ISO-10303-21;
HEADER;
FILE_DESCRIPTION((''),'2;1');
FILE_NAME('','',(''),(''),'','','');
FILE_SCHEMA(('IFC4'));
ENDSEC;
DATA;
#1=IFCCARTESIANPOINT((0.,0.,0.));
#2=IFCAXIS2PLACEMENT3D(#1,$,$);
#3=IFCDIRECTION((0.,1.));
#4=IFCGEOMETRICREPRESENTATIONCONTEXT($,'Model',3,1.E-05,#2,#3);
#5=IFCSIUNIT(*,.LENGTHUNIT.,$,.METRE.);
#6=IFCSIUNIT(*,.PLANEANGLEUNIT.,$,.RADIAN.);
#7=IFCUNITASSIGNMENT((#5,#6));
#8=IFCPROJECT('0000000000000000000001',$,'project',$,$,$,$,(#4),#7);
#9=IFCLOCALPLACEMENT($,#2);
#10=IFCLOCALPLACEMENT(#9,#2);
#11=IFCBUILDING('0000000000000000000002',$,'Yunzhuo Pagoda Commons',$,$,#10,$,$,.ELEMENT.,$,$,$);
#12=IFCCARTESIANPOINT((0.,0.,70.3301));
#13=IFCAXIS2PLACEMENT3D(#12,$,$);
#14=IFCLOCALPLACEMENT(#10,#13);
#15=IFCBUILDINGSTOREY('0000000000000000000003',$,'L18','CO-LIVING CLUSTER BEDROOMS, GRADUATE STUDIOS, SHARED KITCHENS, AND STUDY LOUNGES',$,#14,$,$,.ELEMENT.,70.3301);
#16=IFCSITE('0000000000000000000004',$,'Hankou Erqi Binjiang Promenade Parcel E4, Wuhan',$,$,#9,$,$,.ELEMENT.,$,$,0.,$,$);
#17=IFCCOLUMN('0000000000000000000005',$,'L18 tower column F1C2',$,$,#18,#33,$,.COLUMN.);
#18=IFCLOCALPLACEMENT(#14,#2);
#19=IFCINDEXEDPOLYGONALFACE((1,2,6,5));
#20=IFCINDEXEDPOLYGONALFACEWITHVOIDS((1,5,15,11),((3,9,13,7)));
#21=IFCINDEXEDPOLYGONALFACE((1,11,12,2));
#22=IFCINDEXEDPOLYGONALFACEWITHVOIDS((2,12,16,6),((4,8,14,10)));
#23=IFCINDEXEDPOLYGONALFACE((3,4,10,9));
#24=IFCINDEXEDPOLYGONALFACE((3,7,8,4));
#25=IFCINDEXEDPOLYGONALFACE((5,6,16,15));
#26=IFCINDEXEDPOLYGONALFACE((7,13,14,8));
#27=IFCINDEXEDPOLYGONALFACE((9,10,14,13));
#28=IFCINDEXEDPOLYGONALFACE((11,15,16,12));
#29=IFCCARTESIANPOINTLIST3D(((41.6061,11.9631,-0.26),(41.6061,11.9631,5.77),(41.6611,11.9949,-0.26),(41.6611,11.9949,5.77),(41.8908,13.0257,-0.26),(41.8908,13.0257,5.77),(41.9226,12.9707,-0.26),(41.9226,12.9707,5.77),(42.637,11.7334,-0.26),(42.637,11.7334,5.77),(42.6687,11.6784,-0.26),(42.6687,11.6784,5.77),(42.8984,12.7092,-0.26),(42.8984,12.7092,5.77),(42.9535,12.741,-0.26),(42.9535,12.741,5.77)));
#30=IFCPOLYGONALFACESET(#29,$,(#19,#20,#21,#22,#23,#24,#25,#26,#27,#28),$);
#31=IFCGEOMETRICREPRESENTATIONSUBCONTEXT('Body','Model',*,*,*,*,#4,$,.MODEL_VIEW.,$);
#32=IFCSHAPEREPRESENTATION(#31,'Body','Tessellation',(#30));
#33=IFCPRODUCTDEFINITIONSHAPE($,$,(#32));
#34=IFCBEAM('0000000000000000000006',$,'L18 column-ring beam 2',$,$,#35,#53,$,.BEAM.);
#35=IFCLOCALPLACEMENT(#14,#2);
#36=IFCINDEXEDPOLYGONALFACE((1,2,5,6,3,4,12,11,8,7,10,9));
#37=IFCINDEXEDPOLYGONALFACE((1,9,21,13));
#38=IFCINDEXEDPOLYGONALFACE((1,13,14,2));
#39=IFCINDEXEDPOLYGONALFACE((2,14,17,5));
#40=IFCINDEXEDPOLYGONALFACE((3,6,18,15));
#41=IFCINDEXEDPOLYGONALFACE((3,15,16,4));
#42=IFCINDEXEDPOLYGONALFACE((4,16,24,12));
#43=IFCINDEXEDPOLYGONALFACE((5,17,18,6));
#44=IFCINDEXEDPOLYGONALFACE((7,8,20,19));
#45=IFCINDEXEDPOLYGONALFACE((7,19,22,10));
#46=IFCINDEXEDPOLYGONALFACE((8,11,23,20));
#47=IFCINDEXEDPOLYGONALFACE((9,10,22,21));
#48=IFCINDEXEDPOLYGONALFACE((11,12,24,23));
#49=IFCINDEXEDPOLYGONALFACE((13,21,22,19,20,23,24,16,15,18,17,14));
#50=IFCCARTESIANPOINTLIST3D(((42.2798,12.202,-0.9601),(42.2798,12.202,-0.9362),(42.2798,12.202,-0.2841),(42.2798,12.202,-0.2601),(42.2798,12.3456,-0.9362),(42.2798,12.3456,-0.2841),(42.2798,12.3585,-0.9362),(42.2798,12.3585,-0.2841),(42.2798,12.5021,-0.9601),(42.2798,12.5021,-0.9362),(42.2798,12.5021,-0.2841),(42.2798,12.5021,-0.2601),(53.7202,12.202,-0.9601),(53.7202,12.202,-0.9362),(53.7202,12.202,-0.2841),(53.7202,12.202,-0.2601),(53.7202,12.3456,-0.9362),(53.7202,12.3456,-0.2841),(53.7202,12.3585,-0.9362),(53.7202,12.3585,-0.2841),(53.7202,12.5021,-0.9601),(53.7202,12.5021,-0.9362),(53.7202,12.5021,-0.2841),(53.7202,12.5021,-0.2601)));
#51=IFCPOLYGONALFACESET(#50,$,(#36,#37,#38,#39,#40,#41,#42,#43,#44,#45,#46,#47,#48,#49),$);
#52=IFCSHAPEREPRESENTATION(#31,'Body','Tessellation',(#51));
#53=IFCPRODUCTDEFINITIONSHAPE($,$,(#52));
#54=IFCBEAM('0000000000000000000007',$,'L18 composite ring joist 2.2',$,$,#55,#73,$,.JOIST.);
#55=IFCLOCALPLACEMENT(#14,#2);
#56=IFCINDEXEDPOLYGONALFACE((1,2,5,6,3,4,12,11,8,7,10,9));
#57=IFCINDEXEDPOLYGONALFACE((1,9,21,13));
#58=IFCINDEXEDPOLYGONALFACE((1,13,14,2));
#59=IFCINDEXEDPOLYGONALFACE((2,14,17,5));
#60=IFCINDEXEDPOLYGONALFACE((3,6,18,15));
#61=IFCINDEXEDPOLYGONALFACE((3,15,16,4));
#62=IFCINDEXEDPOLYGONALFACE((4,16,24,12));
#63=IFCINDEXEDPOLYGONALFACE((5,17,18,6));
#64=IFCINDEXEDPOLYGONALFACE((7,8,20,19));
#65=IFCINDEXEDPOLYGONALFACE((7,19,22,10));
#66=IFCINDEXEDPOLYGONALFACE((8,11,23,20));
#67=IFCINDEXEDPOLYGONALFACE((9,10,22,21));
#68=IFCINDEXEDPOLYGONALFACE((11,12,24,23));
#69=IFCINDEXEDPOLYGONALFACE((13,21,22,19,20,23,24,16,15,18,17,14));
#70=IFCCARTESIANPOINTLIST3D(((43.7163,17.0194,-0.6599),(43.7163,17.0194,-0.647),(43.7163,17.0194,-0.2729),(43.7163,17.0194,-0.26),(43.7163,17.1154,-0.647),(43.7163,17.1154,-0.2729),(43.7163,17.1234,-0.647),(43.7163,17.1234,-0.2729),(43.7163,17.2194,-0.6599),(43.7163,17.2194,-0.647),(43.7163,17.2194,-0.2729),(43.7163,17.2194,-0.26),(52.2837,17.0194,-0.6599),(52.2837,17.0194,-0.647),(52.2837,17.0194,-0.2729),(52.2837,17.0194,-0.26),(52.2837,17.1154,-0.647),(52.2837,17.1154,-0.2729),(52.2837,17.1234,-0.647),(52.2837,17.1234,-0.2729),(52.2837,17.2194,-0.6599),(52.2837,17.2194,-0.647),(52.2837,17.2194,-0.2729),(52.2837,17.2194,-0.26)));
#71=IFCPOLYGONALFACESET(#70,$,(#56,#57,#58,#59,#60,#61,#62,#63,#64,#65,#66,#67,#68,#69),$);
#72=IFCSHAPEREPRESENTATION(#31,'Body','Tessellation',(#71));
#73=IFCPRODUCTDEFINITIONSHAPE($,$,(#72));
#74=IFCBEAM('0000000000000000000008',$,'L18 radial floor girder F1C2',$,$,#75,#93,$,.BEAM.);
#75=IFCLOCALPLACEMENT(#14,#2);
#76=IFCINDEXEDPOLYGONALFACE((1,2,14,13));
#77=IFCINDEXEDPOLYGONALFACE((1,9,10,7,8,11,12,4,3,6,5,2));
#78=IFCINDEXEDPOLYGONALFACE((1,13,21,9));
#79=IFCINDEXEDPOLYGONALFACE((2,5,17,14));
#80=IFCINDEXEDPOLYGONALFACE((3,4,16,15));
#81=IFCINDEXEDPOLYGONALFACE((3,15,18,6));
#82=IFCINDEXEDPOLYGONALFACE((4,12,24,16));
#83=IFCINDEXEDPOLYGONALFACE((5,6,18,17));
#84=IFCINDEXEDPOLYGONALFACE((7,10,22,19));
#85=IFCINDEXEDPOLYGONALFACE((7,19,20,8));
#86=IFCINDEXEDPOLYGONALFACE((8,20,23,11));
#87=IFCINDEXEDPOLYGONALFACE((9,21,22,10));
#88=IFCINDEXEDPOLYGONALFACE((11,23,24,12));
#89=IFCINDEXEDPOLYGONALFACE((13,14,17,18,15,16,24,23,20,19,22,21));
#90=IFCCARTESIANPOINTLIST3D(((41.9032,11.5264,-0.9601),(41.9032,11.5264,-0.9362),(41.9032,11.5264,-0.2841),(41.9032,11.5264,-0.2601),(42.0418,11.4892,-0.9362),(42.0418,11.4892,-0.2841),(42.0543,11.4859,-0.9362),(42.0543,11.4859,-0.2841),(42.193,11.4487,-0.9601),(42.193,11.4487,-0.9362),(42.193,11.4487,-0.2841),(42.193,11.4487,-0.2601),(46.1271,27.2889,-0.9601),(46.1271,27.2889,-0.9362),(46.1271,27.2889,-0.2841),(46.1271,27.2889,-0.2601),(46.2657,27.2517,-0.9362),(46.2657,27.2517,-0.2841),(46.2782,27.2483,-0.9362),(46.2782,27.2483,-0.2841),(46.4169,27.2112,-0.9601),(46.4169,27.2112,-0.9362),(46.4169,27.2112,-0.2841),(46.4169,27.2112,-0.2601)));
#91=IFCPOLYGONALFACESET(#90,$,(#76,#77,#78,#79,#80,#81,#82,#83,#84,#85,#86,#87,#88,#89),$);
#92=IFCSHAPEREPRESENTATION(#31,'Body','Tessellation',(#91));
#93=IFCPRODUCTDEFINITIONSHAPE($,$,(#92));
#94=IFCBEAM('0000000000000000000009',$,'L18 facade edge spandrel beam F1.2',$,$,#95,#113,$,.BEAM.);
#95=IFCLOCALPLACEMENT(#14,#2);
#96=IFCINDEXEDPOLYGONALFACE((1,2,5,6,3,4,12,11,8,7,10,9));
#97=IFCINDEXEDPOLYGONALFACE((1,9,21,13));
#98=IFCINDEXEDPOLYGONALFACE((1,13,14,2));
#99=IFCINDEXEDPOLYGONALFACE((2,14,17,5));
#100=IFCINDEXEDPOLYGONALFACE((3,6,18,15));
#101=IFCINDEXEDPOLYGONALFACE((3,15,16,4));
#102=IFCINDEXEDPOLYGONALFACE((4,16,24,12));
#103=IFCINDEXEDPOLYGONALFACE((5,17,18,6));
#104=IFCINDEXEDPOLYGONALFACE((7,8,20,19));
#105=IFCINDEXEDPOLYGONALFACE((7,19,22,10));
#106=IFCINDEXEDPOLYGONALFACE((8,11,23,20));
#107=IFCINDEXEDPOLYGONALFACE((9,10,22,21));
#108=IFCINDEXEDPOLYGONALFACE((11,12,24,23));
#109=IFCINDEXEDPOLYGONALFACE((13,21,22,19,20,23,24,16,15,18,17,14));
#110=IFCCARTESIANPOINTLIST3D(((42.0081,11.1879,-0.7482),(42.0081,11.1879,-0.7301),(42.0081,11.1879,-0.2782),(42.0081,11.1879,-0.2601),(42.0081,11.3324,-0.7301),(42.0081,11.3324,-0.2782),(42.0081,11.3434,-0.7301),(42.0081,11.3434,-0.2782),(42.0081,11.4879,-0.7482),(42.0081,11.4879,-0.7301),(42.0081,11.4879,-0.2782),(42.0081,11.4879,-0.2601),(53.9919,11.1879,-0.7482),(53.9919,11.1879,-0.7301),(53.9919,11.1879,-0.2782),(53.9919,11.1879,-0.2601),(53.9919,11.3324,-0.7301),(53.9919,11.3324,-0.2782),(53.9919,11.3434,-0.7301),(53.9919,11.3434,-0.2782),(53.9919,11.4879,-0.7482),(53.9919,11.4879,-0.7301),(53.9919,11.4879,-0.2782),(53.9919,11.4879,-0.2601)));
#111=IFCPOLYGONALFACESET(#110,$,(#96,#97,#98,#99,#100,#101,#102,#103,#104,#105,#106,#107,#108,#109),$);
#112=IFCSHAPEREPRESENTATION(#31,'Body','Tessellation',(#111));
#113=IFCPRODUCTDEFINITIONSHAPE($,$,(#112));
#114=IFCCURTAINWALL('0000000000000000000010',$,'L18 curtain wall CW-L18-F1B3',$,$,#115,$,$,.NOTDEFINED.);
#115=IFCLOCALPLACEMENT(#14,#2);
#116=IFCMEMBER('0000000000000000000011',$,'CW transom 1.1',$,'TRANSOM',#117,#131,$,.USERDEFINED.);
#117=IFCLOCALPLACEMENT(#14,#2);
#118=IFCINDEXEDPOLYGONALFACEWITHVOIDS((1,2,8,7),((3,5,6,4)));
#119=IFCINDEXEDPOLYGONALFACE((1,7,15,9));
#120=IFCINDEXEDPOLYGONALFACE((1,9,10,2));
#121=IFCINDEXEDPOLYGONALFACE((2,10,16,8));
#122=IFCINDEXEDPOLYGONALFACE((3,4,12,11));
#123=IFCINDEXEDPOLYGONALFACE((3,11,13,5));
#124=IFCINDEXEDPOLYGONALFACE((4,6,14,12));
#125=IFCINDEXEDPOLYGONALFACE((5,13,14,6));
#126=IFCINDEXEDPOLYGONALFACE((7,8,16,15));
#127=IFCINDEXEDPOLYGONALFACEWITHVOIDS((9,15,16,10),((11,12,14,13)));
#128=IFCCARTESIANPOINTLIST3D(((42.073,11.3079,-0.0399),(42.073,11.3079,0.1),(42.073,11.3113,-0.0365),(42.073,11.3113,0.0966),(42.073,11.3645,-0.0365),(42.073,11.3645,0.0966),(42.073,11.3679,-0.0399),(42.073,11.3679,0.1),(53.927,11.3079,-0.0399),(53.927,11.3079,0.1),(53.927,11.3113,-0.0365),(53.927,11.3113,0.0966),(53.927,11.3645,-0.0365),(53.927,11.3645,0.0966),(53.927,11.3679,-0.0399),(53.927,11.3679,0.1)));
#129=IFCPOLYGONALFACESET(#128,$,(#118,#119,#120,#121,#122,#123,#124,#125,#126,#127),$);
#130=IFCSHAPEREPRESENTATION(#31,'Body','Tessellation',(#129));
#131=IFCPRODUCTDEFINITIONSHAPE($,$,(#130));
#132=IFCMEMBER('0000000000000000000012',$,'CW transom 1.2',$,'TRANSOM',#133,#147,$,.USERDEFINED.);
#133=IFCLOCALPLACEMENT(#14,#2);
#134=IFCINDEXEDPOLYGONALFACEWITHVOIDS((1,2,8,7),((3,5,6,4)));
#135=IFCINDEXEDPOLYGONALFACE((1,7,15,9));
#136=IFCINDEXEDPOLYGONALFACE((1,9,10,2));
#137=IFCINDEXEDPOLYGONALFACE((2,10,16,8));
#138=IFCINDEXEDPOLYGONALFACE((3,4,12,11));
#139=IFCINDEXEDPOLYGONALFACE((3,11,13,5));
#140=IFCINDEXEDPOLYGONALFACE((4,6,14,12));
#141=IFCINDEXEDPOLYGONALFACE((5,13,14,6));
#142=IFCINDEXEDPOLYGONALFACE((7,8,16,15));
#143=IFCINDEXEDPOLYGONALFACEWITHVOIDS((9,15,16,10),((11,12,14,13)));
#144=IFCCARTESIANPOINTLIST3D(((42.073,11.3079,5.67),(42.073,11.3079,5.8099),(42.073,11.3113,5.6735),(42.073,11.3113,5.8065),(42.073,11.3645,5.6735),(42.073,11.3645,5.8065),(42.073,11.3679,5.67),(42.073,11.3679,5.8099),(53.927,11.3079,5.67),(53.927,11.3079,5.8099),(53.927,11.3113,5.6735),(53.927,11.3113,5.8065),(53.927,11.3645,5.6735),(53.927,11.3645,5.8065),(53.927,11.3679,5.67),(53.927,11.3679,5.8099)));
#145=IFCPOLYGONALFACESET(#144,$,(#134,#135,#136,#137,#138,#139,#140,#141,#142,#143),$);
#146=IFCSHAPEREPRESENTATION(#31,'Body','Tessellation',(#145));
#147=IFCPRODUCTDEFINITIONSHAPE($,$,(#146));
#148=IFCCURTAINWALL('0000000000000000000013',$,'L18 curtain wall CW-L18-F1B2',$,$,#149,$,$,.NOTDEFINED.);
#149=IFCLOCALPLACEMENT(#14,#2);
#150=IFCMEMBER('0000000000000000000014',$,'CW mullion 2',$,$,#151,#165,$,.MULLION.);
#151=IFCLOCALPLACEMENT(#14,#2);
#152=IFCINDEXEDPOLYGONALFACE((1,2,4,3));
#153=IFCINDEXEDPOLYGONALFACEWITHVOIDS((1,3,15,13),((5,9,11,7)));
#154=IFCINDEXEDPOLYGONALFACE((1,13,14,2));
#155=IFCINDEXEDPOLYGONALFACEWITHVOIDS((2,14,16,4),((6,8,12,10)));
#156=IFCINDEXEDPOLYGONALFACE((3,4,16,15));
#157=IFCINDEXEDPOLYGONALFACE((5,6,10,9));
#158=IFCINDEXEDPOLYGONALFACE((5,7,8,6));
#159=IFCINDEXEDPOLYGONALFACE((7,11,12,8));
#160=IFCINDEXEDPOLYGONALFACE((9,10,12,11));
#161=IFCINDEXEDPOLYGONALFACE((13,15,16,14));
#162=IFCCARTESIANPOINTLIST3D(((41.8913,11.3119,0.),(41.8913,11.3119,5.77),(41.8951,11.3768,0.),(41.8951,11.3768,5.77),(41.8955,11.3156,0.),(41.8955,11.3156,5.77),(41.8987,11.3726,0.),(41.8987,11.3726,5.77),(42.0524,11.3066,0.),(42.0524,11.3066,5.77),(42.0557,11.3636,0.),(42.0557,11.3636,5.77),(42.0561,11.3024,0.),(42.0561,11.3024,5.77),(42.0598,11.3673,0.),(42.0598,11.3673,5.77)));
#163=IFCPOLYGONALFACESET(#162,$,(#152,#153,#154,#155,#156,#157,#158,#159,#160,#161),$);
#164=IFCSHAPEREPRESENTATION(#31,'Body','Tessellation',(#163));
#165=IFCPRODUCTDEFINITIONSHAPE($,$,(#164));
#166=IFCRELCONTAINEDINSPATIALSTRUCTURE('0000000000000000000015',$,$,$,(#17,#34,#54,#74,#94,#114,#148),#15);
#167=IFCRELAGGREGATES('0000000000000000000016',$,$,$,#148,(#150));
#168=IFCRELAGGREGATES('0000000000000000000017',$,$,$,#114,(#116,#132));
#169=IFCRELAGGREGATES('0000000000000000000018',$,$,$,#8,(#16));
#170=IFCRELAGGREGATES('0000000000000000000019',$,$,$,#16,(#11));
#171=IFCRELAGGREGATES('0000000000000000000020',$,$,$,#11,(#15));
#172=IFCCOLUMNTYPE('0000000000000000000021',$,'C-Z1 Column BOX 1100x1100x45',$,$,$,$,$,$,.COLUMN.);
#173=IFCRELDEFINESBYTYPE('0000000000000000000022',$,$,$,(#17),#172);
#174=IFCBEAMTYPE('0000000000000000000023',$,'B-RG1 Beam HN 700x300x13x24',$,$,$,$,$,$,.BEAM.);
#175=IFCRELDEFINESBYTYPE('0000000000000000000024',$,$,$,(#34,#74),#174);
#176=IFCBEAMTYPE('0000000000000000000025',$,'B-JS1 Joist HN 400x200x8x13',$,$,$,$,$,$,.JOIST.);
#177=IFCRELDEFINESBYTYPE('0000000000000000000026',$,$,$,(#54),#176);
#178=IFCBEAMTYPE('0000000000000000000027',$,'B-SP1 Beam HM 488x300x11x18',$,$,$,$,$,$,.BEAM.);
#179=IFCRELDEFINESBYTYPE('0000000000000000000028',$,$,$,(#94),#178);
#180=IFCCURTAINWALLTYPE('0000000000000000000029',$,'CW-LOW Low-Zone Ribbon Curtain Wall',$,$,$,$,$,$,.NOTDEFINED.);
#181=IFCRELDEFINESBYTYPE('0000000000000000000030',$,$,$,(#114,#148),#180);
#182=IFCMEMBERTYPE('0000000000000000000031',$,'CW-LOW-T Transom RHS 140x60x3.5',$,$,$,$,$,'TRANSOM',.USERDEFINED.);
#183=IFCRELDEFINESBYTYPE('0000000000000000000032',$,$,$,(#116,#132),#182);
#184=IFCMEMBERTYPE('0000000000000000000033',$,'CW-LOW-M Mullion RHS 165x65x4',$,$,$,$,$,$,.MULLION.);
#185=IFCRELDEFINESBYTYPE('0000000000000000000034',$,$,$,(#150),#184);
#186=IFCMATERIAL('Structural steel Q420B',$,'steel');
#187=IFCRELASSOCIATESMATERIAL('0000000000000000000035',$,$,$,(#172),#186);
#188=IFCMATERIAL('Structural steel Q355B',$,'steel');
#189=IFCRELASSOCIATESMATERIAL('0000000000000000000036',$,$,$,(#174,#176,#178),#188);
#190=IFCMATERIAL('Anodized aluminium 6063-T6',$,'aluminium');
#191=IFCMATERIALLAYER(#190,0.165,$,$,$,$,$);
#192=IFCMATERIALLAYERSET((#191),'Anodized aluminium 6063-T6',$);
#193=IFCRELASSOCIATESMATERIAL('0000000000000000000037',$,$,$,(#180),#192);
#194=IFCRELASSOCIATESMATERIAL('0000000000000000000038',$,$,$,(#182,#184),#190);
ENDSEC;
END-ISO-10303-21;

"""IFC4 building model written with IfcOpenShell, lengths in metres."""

from ifc_helpers import new_model, si_unit, direction, frame, origin, origin_2d, place, context, subcontext, project, spatial, hollow_rectangle, i_section, extrude, source, transform, mapped, material, layer, layer_set, material_profile, profile_set, type_object, element, aggregate, save


model = new_model("IFC4")

# Units and contexts
model_context = context("Model", 3, precision=1e-05, world=origin(), true_north=direction((0.0, 1.0)))
body_context = subcontext(model_context, "Body", "Model", "MODEL_VIEW")
ifc_project = project(units=[si_unit("LENGTHUNIT", "METRE"), si_unit("PLANEANGLEUNIT", "RADIAN")], contexts=[model_context])

# Site, building, storey
site_placement = place(None, origin())
site = spatial("IfcSite", under=ifc_project, at=site_placement, Name="Hankou Erqi Binjiang Promenade Parcel E4, Wuhan", CompositionType="ELEMENT", RefElevation=0.0)
building_placement = place(site_placement, origin())
building = spatial("IfcBuilding", under=site, at=building_placement, Name="Yunzhuo Pagoda Commons", CompositionType="ELEMENT")
storey_placement = place(building_placement, frame((0.0, 0.0, 70.3301)))
storey = spatial("IfcBuildingStorey", under=building, at=storey_placement, Name="L18", Description="CO-LIVING CLUSTER BEDROOMS, GRADUATE STUDIOS, SHARED KITCHENS, AND STUDY LOUNGES", CompositionType="ELEMENT", Elevation=70.3301)

# Column
ifc_material_1 = material(Name="Structural steel Q420B", Category="steel")
ifc_material_profile_1 = material_profile(ifc_material_1, hollow_rectangle(XDim=1.1001, YDim=1.1001, WallThickness=0.0449, at=origin_2d()), Name="Structural steel Q420B")
ifc_profile_set_1 = profile_set([ifc_material_profile_1], Name="Structural steel Q420B")
column_type = type_object("IfcColumnType", Name="C-Z1 Column BOX 1100x1100x45", PredefinedType="COLUMN", material=ifc_profile_set_1)
shared_shape_1 = source(origin(), body_context, "Body", "SweptSolid", [
    extrude(hollow_rectangle(XDim=1.1001, YDim=1.1001, WallThickness=0.0449, at=origin_2d()), origin(), (0.0, 0.0, 1.0), 6.03),
])
column_placement = place(storey_placement, frame((42.2798, 12.3521, -0.26), z_axis=(0.0, 0.0, 1.0), x_axis=(0.965926, -0.258819, 0.0)))
element("IfcColumn", 1, at=column_placement, inside=storey, type_object=column_type, Name="L18 tower column F1C2", PredefinedType="COLUMN", context=body_context, shape_type="MappedRepresentation", body=[
    mapped(shared_shape_1, transform((0.0, 0.0, 0.0), scale=1.0)),
])

# Beams
ifc_material_2 = material(Name="Structural steel Q355B", Category="steel")
ifc_material_profile_2 = material_profile(ifc_material_2, i_section(OverallWidth=0.3, OverallDepth=0.7, WebThickness=0.0129, FlangeThickness=0.0239, at=origin_2d()), Name="Structural steel Q355B")
ifc_profile_set_2 = profile_set([ifc_material_profile_2], Name="Structural steel Q355B")
beam_type_1 = type_object("IfcBeamType", Name="B-RG1 Beam HN 700x300x13x24", PredefinedType="BEAM", material=ifc_profile_set_2)
shared_shape_2 = source(origin(), body_context, "Body", "SweptSolid", [
    extrude(i_section(OverallWidth=0.3, OverallDepth=0.7, WebThickness=0.0129, FlangeThickness=0.0239, at=origin_2d()), origin(), (0.0, 0.0, 1.0), 11.4404),
])
beam_1_placement = place(storey_placement, frame((42.2798, 12.3521, -0.6101), z_axis=(1.0, 0.0, 0.0), x_axis=(0.0, 1.0, 0.0)))
element("IfcBeam", 2, at=beam_1_placement, inside=storey, type_object=beam_type_1, Name="L18 column-ring beam 2", PredefinedType="BEAM", context=body_context, shape_type="MappedRepresentation", body=[
    mapped(shared_shape_2, transform((0.0, 0.0, 0.0), scale=1.0)),
])
ifc_material_profile_3 = material_profile(ifc_material_2, i_section(OverallWidth=0.2, OverallDepth=0.3999, WebThickness=0.0081, FlangeThickness=0.0129, at=origin_2d()), Name="Structural steel Q355B")
ifc_profile_set_3 = profile_set([ifc_material_profile_3], Name="Structural steel Q355B")
beam_type_2 = type_object("IfcBeamType", Name="B-JS1 Joist HN 400x200x8x13", PredefinedType="JOIST", material=ifc_profile_set_3)
shared_shape_3 = source(origin(), body_context, "Body", "SweptSolid", [
    extrude(i_section(OverallWidth=0.2, OverallDepth=0.3999, WebThickness=0.0081, FlangeThickness=0.0129, at=origin_2d()), origin(), (0.0, 0.0, 1.0), 8.5674),
])
beam_2_placement = place(storey_placement, frame((43.7163, 17.1194, -0.46), z_axis=(1.0, 0.0, 0.0), x_axis=(0.0, 1.0, 0.0)))
element("IfcBeam", 3, at=beam_2_placement, inside=storey, type_object=beam_type_2, Name="L18 composite ring joist 2.2", PredefinedType="JOIST", context=body_context, shape_type="MappedRepresentation", body=[
    mapped(shared_shape_3, transform((0.0, 0.0, 0.0), scale=1.0)),
])
shared_shape_4 = source(origin(), body_context, "Body", "SweptSolid", [
    extrude(i_section(OverallWidth=0.3, OverallDepth=0.7, WebThickness=0.0129, FlangeThickness=0.0239, at=origin_2d()), origin(), (0.0, 0.0, 1.0), 16.3186),
])
beam_3_placement = place(storey_placement, frame((42.0481, 11.4875, -0.6101), z_axis=(0.258839, 0.965921, 0.0), x_axis=(-0.965921, 0.258839, 0.0)))
element("IfcBeam", 4, at=beam_3_placement, inside=storey, type_object=beam_type_1, Name="L18 radial floor girder F1C2", PredefinedType="BEAM", context=body_context, shape_type="MappedRepresentation", body=[
    mapped(shared_shape_4, transform((0.0, 0.0, 0.0), scale=1.0)),
])
ifc_material_profile_4 = material_profile(ifc_material_2, i_section(OverallWidth=0.3, OverallDepth=0.488, WebThickness=0.011, FlangeThickness=0.0181, at=origin_2d()), Name="Structural steel Q355B")
ifc_profile_set_4 = profile_set([ifc_material_profile_4], Name="Structural steel Q355B")
beam_type_3 = type_object("IfcBeamType", Name="B-SP1 Beam HM 488x300x11x18", PredefinedType="BEAM", material=ifc_profile_set_4)
shared_shape_5 = source(origin(), body_context, "Body", "SweptSolid", [
    extrude(i_section(OverallWidth=0.3, OverallDepth=0.488, WebThickness=0.011, FlangeThickness=0.0181, at=origin_2d()), origin(), (0.0, 0.0, 1.0), 11.9839),
])
beam_4_placement = place(storey_placement, frame((42.0081, 11.3379, -0.5042), z_axis=(1.0, 0.0, 0.0), x_axis=(0.0, 1.0, 0.0)))
element("IfcBeam", 5, at=beam_4_placement, inside=storey, type_object=beam_type_3, Name="L18 facade edge spandrel beam F1.2", PredefinedType="BEAM", context=body_context, shape_type="MappedRepresentation", body=[
    mapped(shared_shape_5, transform((0.0, 0.0, 0.0), scale=1.0)),
])

# Curtain wall, members
ifc_material_3 = material(Name="Anodized aluminium 6063-T6", Category="aluminium")
ifc_layer_1 = layer(ifc_material_3, 0.165)
ifc_layer_set_1 = layer_set([ifc_layer_1], Name="Anodized aluminium 6063-T6")
curtain_wall_type = type_object("IfcCurtainWallType", Name="CW-LOW Low-Zone Ribbon Curtain Wall", PredefinedType="NOTDEFINED", material=ifc_layer_set_1)
curtain_wall_1_placement = place(storey_placement, origin())
curtain_wall_1 = element("IfcCurtainWall", 6, at=curtain_wall_1_placement, inside=storey, type_object=curtain_wall_type, Name="L18 curtain wall CW-L18-F1B3", PredefinedType="NOTDEFINED")
ifc_material_profile_5 = material_profile(ifc_material_3, hollow_rectangle(XDim=0.0601, YDim=0.1399, WallThickness=0.0034, at=origin_2d()), Name="Anodized aluminium 6063-T6")
ifc_profile_set_5 = profile_set([ifc_material_profile_5], Name="Anodized aluminium 6063-T6")
member_type_1 = type_object("IfcMemberType", Name="CW-LOW-T Transom RHS 140x60x3.5", ElementType="TRANSOM", PredefinedType="USERDEFINED", material=ifc_profile_set_5)
shared_shape_6 = source(origin(), body_context, "Body", "SweptSolid", [
    extrude(hollow_rectangle(XDim=0.0601, YDim=0.1399, WallThickness=0.0034, at=origin_2d()), origin(), (0.0, 0.0, 1.0), 11.854),
])
member_1_placement = place(storey_placement, frame((42.073, 11.3379, 0.03), z_axis=(1.0, 0.0, 0.0), x_axis=(0.0, 1.0, 0.0)))
member_1 = element("IfcMember", 7, at=member_1_placement, type_object=member_type_1, Name="CW transom 1.1", ObjectType="TRANSOM", PredefinedType="USERDEFINED", context=body_context, shape_type="MappedRepresentation", body=[
    mapped(shared_shape_6, transform((0.0, 0.0, 0.0), scale=1.0)),
])
member_2_placement = place(storey_placement, frame((42.073, 11.3379, 5.74), z_axis=(1.0, 0.0, 0.0), x_axis=(0.0, 1.0, 0.0)))
member_2 = element("IfcMember", 8, at=member_2_placement, type_object=member_type_1, Name="CW transom 1.2", ObjectType="TRANSOM", PredefinedType="USERDEFINED", context=body_context, shape_type="MappedRepresentation", body=[
    mapped(shared_shape_6, transform((0.0, 0.0, 0.0), scale=1.0)),
])

# Curtain wall, member
curtain_wall_2_placement = place(storey_placement, origin())
curtain_wall_2 = element("IfcCurtainWall", 9, at=curtain_wall_2_placement, inside=storey, type_object=curtain_wall_type, Name="L18 curtain wall CW-L18-F1B2", PredefinedType="NOTDEFINED")
ifc_material_profile_6 = material_profile(ifc_material_3, hollow_rectangle(XDim=0.0649, YDim=0.165, WallThickness=0.0039, at=origin_2d()), Name="Anodized aluminium 6063-T6")
ifc_profile_set_6 = profile_set([ifc_material_profile_6], Name="Anodized aluminium 6063-T6")
member_type_2 = type_object("IfcMemberType", Name="CW-LOW-M Mullion RHS 165x65x4", PredefinedType="MULLION", material=ifc_profile_set_6)
shared_shape_7 = source(origin(), body_context, "Body", "SweptSolid", [
    extrude(hollow_rectangle(XDim=0.0649, YDim=0.165, WallThickness=0.0039, at=origin_2d()), origin(), (0.0, 0.0, 1.0), 5.77),
])
member_3_placement = place(storey_placement, frame((41.9756, 11.3396, 0.0), z_axis=(0.0, 0.0, 1.0), x_axis=(0.057542, 0.998343, 0.0)))
member_3 = element("IfcMember", 10, at=member_3_placement, type_object=member_type_2, Name="CW mullion 2", PredefinedType="MULLION", context=body_context, shape_type="MappedRepresentation", body=[
    mapped(shared_shape_7, transform((0.0, 0.0, 0.0), scale=1.0)),
])
aggregate(curtain_wall_2, [member_3])

aggregate(curtain_wall_1, [member_1, member_2])

save(model, "model.ifc")
